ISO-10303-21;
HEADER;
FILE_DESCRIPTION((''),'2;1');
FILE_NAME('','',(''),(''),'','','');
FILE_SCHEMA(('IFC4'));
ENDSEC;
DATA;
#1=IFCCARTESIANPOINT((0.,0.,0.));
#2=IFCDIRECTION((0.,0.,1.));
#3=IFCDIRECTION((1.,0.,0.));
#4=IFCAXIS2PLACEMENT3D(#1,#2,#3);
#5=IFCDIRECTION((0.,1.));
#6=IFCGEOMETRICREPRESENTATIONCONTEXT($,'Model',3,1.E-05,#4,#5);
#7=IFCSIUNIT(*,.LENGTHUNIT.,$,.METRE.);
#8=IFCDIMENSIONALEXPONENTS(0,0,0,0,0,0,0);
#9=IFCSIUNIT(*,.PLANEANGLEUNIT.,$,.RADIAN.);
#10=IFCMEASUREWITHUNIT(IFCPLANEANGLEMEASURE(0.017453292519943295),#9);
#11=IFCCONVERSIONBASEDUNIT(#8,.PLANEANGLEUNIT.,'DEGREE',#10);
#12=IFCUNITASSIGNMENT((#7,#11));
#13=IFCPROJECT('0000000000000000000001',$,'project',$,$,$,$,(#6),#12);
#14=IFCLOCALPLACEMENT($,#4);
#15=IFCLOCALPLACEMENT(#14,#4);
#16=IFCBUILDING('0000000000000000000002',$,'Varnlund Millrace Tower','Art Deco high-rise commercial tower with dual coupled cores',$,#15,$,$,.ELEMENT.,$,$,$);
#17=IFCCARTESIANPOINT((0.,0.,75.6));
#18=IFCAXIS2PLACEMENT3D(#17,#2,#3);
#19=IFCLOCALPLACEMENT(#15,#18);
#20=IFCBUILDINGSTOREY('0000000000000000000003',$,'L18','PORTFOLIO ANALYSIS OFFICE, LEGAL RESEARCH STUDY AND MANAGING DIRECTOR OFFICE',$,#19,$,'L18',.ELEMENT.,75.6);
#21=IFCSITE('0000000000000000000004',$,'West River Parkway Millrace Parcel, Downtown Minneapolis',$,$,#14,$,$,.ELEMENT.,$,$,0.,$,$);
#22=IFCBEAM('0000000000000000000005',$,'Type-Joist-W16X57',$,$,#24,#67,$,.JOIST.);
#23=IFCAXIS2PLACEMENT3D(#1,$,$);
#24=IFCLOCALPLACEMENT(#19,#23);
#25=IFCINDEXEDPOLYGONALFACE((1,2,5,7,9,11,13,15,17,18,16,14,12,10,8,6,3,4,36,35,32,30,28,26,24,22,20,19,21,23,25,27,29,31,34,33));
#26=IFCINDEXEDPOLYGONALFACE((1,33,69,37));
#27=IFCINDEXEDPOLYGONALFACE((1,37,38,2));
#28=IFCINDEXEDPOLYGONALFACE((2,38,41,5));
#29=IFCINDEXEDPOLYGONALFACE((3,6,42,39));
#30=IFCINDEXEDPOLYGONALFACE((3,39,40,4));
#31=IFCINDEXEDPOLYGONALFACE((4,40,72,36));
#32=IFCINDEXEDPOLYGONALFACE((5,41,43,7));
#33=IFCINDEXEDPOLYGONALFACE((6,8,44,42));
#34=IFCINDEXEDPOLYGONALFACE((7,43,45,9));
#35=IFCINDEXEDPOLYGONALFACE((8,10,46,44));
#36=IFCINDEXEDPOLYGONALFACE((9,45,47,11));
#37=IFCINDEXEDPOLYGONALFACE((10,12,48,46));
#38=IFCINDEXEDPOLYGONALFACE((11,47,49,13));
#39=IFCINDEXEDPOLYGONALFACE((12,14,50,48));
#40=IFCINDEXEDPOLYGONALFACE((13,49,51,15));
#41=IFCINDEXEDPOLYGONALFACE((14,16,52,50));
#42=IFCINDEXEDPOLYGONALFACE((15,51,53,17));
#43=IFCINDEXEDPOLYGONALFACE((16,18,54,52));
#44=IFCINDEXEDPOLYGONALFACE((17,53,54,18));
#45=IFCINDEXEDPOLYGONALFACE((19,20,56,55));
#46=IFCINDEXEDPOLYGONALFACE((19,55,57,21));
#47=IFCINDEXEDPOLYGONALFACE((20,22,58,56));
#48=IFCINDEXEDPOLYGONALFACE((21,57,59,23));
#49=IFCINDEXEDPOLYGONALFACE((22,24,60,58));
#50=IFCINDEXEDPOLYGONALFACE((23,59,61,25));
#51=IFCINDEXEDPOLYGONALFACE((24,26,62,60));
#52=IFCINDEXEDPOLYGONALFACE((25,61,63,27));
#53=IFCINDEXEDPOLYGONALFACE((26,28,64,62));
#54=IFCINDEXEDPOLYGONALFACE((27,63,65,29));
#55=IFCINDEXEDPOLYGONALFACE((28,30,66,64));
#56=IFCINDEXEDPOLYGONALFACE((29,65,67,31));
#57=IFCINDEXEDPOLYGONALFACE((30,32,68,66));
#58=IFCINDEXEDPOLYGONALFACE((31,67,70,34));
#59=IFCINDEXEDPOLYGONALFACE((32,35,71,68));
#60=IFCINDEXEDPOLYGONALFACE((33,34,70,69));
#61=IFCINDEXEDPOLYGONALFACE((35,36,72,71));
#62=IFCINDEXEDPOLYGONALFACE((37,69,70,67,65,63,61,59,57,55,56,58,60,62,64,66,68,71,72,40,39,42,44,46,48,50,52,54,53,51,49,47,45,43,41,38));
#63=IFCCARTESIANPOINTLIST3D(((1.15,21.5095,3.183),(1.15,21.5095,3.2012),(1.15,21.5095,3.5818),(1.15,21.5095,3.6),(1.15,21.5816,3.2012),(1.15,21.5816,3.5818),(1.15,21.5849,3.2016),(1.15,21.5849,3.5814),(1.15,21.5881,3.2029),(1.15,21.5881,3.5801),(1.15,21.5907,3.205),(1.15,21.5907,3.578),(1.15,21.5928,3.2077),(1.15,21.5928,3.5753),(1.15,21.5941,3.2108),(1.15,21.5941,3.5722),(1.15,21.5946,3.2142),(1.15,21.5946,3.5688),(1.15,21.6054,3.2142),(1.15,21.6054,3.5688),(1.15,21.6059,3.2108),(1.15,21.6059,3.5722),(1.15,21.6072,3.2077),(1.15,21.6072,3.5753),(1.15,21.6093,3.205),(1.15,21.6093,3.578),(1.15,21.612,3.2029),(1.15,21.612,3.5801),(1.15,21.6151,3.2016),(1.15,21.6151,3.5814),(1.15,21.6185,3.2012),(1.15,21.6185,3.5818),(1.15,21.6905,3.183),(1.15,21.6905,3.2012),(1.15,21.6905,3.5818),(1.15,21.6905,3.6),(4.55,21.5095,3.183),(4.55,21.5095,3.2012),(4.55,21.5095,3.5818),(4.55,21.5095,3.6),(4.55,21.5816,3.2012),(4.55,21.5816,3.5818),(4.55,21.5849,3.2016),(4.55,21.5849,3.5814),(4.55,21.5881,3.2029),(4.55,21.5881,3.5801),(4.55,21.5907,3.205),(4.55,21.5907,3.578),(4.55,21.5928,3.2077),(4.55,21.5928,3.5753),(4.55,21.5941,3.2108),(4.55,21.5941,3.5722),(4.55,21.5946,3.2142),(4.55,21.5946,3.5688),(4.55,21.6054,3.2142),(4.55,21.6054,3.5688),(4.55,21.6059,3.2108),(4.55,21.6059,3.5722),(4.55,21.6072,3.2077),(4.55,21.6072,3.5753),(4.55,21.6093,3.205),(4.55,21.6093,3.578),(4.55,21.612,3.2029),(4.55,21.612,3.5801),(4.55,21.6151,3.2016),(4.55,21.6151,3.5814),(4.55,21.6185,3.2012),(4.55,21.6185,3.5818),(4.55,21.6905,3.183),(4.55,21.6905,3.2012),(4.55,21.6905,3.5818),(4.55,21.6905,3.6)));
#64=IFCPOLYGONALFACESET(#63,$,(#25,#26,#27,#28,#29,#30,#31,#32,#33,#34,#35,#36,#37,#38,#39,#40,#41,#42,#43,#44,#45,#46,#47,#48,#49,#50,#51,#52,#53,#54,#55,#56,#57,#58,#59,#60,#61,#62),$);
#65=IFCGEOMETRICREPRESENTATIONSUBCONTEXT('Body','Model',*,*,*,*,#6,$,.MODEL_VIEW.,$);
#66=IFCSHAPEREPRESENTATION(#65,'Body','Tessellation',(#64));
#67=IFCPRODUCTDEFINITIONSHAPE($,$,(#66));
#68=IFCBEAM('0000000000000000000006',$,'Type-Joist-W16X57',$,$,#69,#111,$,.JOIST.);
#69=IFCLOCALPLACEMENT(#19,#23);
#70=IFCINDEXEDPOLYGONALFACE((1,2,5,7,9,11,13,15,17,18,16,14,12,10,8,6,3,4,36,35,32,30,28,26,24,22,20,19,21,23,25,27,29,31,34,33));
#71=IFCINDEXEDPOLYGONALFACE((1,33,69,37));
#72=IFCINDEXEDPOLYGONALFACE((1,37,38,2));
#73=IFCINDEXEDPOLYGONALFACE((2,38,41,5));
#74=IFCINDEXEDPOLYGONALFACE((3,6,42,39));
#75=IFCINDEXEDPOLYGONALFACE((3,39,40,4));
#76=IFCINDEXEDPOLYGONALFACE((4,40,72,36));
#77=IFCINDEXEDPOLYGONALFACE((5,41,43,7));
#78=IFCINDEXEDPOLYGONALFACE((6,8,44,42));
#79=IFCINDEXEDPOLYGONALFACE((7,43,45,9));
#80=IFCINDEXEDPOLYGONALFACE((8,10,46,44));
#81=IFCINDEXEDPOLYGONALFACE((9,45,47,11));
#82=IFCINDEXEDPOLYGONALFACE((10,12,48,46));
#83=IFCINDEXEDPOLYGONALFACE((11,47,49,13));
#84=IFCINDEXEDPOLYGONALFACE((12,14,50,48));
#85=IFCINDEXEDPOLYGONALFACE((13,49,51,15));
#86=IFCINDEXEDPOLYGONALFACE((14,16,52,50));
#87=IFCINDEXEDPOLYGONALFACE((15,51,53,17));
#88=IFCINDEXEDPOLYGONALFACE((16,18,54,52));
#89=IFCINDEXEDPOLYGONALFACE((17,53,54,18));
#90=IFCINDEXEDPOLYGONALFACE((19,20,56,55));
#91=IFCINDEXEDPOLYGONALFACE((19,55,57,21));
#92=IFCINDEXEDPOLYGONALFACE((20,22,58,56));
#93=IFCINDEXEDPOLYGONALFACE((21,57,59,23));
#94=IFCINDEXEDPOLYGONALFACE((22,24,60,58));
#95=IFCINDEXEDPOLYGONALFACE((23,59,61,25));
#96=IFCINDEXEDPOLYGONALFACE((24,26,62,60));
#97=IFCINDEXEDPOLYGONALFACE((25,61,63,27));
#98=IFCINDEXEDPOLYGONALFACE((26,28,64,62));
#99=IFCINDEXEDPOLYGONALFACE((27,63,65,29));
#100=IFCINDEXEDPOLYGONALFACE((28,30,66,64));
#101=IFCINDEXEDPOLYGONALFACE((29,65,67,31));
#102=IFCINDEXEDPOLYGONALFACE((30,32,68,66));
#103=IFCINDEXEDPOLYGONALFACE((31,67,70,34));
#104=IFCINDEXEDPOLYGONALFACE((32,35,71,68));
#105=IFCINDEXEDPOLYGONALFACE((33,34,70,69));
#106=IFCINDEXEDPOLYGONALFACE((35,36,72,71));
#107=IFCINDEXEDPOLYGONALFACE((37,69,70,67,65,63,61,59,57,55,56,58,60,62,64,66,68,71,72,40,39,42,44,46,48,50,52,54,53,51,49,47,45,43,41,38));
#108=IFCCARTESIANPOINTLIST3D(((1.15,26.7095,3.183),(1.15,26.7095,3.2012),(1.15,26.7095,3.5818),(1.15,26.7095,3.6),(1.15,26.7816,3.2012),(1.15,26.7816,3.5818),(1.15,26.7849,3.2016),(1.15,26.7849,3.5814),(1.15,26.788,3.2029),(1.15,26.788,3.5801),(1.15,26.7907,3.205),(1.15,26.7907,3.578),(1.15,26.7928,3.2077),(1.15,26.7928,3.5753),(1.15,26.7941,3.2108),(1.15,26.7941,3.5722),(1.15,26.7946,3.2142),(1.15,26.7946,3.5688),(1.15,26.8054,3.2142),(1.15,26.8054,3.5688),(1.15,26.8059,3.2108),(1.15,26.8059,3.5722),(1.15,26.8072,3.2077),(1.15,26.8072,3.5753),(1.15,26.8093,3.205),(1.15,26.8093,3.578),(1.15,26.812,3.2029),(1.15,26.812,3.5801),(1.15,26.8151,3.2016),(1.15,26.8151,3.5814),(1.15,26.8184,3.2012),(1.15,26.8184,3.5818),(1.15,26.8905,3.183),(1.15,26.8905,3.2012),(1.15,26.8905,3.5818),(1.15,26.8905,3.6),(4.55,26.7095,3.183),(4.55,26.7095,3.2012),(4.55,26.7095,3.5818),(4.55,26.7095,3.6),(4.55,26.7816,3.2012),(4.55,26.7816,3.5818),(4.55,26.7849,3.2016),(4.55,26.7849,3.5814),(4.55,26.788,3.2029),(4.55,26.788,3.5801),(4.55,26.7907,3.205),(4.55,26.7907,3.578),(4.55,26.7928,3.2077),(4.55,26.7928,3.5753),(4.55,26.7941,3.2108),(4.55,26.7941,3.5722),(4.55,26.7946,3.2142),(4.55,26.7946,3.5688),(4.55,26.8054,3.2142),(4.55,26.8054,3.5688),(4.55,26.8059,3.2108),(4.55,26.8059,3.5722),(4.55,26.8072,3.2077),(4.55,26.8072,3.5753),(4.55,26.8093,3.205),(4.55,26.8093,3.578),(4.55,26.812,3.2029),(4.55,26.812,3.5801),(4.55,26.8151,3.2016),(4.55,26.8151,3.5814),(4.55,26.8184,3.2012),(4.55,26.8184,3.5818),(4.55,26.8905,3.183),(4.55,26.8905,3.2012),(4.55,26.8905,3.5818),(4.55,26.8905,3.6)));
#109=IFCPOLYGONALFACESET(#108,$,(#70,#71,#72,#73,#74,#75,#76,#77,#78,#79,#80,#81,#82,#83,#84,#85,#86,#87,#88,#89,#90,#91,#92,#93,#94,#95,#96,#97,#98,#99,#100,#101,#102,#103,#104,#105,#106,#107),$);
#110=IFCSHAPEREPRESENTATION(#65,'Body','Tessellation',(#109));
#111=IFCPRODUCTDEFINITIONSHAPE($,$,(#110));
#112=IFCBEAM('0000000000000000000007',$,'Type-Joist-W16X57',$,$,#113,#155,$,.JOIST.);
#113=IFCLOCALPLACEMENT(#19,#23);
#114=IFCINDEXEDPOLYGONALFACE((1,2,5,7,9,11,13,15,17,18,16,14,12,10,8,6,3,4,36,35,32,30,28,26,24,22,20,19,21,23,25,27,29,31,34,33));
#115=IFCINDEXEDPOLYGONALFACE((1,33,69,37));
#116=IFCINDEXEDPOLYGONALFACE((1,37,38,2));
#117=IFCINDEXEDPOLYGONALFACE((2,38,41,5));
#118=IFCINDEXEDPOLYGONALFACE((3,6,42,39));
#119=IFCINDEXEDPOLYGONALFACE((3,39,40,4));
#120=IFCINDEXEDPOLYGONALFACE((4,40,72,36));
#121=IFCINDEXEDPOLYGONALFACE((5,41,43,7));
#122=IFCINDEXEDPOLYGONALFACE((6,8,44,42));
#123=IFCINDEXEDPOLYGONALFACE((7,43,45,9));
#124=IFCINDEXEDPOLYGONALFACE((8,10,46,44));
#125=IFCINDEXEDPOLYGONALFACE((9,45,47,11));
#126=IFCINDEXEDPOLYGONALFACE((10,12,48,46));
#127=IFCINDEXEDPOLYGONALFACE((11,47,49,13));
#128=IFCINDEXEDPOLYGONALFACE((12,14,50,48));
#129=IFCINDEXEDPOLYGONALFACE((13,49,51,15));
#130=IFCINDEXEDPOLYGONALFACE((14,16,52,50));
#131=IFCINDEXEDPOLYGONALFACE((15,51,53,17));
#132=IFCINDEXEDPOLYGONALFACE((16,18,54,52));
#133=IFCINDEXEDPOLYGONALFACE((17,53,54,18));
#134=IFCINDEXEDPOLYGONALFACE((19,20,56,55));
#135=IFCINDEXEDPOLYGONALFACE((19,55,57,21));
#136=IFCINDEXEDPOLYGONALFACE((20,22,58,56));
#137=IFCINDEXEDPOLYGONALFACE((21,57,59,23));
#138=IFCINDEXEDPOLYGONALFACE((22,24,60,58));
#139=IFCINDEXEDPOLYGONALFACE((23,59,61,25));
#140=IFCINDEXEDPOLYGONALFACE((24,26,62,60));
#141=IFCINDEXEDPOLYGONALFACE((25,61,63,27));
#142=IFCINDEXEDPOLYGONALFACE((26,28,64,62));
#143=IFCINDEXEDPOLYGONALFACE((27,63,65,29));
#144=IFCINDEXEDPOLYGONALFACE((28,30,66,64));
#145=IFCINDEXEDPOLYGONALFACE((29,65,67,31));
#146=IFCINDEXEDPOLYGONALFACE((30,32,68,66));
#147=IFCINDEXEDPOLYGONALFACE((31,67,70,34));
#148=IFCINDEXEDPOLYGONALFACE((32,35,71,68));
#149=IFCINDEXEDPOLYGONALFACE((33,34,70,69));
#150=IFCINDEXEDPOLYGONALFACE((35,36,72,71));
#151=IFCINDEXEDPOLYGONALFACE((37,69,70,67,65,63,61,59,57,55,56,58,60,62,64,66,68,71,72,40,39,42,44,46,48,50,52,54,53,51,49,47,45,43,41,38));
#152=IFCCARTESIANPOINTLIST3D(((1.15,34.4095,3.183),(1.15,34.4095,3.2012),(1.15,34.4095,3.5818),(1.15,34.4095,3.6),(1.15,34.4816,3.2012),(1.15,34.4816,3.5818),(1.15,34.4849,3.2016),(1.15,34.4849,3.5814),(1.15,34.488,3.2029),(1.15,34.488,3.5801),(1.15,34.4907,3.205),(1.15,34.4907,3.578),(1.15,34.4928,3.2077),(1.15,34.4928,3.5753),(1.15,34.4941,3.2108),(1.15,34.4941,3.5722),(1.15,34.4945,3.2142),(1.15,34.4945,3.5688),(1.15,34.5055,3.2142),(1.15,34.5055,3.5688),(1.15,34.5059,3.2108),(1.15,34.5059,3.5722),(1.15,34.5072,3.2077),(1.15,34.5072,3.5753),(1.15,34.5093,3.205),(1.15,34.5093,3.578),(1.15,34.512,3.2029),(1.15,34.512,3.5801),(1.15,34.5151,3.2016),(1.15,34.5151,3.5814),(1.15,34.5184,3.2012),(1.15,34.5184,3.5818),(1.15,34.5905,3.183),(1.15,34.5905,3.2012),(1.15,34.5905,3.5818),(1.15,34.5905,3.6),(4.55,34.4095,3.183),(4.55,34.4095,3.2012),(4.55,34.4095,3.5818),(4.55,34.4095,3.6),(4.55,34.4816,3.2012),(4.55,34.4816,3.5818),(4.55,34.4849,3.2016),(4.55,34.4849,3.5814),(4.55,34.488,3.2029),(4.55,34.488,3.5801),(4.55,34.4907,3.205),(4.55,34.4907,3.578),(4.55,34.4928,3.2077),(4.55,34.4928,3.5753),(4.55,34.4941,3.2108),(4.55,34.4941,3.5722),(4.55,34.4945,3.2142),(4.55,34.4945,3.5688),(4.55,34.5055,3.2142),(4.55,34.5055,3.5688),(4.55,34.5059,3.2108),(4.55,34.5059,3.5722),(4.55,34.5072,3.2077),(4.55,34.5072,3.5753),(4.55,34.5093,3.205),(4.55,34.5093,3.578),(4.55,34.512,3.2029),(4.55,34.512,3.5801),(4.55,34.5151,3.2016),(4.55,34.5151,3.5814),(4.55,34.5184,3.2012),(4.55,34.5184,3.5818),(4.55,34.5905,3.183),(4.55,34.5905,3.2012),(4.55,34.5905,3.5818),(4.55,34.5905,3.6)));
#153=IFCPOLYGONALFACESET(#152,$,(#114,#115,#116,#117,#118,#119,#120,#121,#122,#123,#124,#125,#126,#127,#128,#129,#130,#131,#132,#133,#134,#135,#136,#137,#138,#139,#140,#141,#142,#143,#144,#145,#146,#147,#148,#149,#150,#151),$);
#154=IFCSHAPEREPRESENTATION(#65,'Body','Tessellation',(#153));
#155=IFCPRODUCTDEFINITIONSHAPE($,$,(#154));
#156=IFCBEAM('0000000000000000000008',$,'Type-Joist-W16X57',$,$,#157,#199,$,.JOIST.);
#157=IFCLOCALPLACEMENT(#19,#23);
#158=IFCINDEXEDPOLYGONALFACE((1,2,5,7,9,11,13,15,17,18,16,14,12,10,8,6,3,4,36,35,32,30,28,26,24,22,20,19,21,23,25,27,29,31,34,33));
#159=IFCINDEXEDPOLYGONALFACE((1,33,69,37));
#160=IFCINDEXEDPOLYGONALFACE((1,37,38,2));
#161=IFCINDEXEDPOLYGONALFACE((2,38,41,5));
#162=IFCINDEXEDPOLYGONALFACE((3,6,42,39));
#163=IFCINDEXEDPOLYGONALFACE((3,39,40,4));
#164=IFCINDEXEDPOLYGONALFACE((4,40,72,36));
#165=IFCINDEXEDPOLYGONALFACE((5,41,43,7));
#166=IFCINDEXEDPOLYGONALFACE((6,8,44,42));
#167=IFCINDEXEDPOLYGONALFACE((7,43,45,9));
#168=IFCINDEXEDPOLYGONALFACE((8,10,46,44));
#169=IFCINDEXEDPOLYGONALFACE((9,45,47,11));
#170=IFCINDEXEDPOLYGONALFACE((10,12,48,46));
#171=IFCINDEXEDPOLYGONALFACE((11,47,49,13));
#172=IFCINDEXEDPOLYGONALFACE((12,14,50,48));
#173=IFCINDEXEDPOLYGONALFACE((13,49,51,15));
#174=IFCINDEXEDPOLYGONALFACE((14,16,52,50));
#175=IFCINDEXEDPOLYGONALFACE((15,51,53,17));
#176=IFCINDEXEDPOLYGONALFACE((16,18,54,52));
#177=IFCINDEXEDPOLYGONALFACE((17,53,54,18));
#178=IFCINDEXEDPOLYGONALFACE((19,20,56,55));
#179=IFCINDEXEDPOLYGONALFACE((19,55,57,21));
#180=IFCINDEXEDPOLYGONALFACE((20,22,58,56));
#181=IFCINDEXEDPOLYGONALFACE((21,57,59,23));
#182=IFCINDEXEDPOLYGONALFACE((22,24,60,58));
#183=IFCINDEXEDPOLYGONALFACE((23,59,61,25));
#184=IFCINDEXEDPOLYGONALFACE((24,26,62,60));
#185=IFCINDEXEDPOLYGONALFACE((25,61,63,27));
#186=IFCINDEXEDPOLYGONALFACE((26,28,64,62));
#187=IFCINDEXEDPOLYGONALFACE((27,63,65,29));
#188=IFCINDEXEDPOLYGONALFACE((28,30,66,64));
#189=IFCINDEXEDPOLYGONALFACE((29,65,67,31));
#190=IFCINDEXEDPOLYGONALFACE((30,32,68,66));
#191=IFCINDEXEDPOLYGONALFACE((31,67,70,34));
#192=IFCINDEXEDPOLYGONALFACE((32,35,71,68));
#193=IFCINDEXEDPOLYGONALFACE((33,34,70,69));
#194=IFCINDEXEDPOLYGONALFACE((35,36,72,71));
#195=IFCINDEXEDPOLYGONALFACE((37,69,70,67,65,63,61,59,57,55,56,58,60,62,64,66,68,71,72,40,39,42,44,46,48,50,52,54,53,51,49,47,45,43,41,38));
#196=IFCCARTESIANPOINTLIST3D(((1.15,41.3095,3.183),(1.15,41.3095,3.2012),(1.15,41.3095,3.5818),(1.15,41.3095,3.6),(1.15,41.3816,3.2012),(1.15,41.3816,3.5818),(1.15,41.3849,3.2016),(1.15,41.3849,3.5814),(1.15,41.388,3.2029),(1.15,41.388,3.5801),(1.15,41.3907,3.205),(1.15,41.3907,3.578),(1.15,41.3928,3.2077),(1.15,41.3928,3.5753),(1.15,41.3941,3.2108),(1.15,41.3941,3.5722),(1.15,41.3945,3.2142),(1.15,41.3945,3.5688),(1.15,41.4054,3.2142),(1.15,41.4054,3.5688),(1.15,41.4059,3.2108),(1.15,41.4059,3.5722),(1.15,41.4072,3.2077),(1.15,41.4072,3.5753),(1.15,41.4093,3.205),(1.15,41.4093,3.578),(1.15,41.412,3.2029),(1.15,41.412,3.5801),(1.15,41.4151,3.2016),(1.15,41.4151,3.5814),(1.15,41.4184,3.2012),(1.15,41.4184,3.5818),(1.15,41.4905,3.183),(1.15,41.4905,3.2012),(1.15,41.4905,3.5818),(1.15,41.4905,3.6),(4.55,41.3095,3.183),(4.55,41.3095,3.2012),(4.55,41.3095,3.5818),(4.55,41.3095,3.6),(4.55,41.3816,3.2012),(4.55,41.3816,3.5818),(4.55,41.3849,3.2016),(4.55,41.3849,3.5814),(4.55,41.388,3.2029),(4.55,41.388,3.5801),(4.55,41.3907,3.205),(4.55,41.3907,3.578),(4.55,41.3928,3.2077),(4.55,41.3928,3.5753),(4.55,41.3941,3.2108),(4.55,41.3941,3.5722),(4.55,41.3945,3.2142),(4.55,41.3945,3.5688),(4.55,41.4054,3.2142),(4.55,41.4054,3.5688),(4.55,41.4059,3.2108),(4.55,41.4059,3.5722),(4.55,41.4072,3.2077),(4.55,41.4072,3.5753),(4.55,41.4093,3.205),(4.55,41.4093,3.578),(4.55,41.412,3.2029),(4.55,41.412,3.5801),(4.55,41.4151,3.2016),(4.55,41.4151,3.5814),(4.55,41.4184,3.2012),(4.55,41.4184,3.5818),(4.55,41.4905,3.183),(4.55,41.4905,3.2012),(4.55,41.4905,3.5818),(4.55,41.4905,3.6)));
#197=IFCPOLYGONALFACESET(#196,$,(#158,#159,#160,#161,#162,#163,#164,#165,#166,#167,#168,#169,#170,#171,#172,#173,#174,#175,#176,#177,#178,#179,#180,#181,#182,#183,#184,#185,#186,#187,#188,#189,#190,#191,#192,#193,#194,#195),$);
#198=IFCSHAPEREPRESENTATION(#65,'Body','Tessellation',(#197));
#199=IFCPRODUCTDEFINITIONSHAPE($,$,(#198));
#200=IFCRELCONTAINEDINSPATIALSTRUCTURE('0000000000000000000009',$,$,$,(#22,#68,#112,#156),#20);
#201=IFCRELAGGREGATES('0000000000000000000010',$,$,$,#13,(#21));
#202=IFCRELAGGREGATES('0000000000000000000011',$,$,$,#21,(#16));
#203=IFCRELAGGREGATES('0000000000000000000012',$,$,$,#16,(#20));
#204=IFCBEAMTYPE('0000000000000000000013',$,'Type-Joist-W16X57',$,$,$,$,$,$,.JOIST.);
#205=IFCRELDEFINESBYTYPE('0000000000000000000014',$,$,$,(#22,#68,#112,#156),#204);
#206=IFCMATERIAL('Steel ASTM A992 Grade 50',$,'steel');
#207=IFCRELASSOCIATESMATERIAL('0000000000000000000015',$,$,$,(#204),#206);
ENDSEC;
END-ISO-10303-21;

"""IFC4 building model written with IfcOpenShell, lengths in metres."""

from ifc_helpers import new_model, entity, si_unit, converted_unit, direction, frame, origin_with_axes, origin_2d_with_axis, place, context, subcontext, project, spatial, i_section, extrude, material, material_profile, profile_set, type_object, element, save


model = new_model("IFC4")

# Units and contexts
model_context = context("Model", 3, precision=1e-05, world=origin_with_axes(), true_north=direction((0.0, 1.0)))
body_context = subcontext(model_context, "Body", "Model", "MODEL_VIEW")
ifc_project = project(units=[si_unit("LENGTHUNIT", "METRE"), converted_unit("PLANEANGLEUNIT", "DEGREE", entity("IfcPlaneAngleMeasure", 0.017453292519943295), si_unit("PLANEANGLEUNIT", "RADIAN"), dimensions=[0, 0, 0, 0, 0, 0, 0])], contexts=[model_context])

# Site, building, storey
site_placement = place(None, origin_with_axes())
site = spatial("IfcSite", under=ifc_project, at=site_placement, Name="West River Parkway Millrace Parcel, Downtown Minneapolis", CompositionType="ELEMENT", RefElevation=0.0)
building_placement = place(site_placement, origin_with_axes())
building = spatial("IfcBuilding", under=site, at=building_placement, Name="Varnlund Millrace Tower", Description="Art Deco high-rise commercial tower with dual coupled cores", CompositionType="ELEMENT")
storey_placement = place(building_placement, frame((0.0, 0.0, 75.6), z_axis=(0.0, 0.0, 1.0), x_axis=(1.0, 0.0, 0.0)))
storey = spatial("IfcBuildingStorey", under=building, at=storey_placement, Name="L18", Description="PORTFOLIO ANALYSIS OFFICE, LEGAL RESEARCH STUDY AND MANAGING DIRECTOR OFFICE", LongName="L18", CompositionType="ELEMENT", Elevation=75.6)

# Beams
ifc_material_1 = material(Name="Steel ASTM A992 Grade 50", Category="steel")
ifc_material_profile_1 = material_profile(ifc_material_1, i_section(OverallWidth=0.181, OverallDepth=0.417, WebThickness=0.0109, FlangeThickness=0.0182, FilletRadius=0.013, at=origin_2d_with_axis()), Name="Steel ASTM A992 Grade 50")
ifc_profile_set_1 = profile_set([ifc_material_profile_1], Name="Steel ASTM A992 Grade 50")
beam_type_1 = type_object("IfcBeamType", Name="Type-Joist-W16X57", PredefinedType="JOIST", material=ifc_profile_set_1)
for number, where, z_axis, x_axis, name in (
    (1, (1.15, 21.6, 3.3915), (1.0, 0.0, 0.0), (0.0, 1.0, 0.0), "Type-Joist-W16X57"),
    (2, (1.15, 26.8, 3.3915), (1.0, 0.0, 0.0), (0.0, 1.0, 0.0), "Type-Joist-W16X57"),
    (3, (1.15, 34.5, 3.3915), (1.0, 0.0, 0.0), (0.0, 1.0, 0.0), "Type-Joist-W16X57"),
    (4, (1.15, 41.4, 3.3915), (1.0, 0.0, 0.0), (0.0, 1.0, 0.0), "Type-Joist-W16X57"),
):
    element("IfcBeam", number, at=place(storey_placement, frame(where, z_axis=z_axis, x_axis=x_axis)), inside=storey, type_object=beam_type_1, Name=name, PredefinedType="JOIST", context=body_context, shape_type="SweptSolid", body=[
        extrude(i_section(OverallWidth=0.181, OverallDepth=0.417, WebThickness=0.0109, FlangeThickness=0.0182, FilletRadius=0.013, at=origin_2d_with_axis()), origin_with_axes(), (0.0, 0.0, 1.0), 3.4),
    ])

save(model, "model.ifc")
